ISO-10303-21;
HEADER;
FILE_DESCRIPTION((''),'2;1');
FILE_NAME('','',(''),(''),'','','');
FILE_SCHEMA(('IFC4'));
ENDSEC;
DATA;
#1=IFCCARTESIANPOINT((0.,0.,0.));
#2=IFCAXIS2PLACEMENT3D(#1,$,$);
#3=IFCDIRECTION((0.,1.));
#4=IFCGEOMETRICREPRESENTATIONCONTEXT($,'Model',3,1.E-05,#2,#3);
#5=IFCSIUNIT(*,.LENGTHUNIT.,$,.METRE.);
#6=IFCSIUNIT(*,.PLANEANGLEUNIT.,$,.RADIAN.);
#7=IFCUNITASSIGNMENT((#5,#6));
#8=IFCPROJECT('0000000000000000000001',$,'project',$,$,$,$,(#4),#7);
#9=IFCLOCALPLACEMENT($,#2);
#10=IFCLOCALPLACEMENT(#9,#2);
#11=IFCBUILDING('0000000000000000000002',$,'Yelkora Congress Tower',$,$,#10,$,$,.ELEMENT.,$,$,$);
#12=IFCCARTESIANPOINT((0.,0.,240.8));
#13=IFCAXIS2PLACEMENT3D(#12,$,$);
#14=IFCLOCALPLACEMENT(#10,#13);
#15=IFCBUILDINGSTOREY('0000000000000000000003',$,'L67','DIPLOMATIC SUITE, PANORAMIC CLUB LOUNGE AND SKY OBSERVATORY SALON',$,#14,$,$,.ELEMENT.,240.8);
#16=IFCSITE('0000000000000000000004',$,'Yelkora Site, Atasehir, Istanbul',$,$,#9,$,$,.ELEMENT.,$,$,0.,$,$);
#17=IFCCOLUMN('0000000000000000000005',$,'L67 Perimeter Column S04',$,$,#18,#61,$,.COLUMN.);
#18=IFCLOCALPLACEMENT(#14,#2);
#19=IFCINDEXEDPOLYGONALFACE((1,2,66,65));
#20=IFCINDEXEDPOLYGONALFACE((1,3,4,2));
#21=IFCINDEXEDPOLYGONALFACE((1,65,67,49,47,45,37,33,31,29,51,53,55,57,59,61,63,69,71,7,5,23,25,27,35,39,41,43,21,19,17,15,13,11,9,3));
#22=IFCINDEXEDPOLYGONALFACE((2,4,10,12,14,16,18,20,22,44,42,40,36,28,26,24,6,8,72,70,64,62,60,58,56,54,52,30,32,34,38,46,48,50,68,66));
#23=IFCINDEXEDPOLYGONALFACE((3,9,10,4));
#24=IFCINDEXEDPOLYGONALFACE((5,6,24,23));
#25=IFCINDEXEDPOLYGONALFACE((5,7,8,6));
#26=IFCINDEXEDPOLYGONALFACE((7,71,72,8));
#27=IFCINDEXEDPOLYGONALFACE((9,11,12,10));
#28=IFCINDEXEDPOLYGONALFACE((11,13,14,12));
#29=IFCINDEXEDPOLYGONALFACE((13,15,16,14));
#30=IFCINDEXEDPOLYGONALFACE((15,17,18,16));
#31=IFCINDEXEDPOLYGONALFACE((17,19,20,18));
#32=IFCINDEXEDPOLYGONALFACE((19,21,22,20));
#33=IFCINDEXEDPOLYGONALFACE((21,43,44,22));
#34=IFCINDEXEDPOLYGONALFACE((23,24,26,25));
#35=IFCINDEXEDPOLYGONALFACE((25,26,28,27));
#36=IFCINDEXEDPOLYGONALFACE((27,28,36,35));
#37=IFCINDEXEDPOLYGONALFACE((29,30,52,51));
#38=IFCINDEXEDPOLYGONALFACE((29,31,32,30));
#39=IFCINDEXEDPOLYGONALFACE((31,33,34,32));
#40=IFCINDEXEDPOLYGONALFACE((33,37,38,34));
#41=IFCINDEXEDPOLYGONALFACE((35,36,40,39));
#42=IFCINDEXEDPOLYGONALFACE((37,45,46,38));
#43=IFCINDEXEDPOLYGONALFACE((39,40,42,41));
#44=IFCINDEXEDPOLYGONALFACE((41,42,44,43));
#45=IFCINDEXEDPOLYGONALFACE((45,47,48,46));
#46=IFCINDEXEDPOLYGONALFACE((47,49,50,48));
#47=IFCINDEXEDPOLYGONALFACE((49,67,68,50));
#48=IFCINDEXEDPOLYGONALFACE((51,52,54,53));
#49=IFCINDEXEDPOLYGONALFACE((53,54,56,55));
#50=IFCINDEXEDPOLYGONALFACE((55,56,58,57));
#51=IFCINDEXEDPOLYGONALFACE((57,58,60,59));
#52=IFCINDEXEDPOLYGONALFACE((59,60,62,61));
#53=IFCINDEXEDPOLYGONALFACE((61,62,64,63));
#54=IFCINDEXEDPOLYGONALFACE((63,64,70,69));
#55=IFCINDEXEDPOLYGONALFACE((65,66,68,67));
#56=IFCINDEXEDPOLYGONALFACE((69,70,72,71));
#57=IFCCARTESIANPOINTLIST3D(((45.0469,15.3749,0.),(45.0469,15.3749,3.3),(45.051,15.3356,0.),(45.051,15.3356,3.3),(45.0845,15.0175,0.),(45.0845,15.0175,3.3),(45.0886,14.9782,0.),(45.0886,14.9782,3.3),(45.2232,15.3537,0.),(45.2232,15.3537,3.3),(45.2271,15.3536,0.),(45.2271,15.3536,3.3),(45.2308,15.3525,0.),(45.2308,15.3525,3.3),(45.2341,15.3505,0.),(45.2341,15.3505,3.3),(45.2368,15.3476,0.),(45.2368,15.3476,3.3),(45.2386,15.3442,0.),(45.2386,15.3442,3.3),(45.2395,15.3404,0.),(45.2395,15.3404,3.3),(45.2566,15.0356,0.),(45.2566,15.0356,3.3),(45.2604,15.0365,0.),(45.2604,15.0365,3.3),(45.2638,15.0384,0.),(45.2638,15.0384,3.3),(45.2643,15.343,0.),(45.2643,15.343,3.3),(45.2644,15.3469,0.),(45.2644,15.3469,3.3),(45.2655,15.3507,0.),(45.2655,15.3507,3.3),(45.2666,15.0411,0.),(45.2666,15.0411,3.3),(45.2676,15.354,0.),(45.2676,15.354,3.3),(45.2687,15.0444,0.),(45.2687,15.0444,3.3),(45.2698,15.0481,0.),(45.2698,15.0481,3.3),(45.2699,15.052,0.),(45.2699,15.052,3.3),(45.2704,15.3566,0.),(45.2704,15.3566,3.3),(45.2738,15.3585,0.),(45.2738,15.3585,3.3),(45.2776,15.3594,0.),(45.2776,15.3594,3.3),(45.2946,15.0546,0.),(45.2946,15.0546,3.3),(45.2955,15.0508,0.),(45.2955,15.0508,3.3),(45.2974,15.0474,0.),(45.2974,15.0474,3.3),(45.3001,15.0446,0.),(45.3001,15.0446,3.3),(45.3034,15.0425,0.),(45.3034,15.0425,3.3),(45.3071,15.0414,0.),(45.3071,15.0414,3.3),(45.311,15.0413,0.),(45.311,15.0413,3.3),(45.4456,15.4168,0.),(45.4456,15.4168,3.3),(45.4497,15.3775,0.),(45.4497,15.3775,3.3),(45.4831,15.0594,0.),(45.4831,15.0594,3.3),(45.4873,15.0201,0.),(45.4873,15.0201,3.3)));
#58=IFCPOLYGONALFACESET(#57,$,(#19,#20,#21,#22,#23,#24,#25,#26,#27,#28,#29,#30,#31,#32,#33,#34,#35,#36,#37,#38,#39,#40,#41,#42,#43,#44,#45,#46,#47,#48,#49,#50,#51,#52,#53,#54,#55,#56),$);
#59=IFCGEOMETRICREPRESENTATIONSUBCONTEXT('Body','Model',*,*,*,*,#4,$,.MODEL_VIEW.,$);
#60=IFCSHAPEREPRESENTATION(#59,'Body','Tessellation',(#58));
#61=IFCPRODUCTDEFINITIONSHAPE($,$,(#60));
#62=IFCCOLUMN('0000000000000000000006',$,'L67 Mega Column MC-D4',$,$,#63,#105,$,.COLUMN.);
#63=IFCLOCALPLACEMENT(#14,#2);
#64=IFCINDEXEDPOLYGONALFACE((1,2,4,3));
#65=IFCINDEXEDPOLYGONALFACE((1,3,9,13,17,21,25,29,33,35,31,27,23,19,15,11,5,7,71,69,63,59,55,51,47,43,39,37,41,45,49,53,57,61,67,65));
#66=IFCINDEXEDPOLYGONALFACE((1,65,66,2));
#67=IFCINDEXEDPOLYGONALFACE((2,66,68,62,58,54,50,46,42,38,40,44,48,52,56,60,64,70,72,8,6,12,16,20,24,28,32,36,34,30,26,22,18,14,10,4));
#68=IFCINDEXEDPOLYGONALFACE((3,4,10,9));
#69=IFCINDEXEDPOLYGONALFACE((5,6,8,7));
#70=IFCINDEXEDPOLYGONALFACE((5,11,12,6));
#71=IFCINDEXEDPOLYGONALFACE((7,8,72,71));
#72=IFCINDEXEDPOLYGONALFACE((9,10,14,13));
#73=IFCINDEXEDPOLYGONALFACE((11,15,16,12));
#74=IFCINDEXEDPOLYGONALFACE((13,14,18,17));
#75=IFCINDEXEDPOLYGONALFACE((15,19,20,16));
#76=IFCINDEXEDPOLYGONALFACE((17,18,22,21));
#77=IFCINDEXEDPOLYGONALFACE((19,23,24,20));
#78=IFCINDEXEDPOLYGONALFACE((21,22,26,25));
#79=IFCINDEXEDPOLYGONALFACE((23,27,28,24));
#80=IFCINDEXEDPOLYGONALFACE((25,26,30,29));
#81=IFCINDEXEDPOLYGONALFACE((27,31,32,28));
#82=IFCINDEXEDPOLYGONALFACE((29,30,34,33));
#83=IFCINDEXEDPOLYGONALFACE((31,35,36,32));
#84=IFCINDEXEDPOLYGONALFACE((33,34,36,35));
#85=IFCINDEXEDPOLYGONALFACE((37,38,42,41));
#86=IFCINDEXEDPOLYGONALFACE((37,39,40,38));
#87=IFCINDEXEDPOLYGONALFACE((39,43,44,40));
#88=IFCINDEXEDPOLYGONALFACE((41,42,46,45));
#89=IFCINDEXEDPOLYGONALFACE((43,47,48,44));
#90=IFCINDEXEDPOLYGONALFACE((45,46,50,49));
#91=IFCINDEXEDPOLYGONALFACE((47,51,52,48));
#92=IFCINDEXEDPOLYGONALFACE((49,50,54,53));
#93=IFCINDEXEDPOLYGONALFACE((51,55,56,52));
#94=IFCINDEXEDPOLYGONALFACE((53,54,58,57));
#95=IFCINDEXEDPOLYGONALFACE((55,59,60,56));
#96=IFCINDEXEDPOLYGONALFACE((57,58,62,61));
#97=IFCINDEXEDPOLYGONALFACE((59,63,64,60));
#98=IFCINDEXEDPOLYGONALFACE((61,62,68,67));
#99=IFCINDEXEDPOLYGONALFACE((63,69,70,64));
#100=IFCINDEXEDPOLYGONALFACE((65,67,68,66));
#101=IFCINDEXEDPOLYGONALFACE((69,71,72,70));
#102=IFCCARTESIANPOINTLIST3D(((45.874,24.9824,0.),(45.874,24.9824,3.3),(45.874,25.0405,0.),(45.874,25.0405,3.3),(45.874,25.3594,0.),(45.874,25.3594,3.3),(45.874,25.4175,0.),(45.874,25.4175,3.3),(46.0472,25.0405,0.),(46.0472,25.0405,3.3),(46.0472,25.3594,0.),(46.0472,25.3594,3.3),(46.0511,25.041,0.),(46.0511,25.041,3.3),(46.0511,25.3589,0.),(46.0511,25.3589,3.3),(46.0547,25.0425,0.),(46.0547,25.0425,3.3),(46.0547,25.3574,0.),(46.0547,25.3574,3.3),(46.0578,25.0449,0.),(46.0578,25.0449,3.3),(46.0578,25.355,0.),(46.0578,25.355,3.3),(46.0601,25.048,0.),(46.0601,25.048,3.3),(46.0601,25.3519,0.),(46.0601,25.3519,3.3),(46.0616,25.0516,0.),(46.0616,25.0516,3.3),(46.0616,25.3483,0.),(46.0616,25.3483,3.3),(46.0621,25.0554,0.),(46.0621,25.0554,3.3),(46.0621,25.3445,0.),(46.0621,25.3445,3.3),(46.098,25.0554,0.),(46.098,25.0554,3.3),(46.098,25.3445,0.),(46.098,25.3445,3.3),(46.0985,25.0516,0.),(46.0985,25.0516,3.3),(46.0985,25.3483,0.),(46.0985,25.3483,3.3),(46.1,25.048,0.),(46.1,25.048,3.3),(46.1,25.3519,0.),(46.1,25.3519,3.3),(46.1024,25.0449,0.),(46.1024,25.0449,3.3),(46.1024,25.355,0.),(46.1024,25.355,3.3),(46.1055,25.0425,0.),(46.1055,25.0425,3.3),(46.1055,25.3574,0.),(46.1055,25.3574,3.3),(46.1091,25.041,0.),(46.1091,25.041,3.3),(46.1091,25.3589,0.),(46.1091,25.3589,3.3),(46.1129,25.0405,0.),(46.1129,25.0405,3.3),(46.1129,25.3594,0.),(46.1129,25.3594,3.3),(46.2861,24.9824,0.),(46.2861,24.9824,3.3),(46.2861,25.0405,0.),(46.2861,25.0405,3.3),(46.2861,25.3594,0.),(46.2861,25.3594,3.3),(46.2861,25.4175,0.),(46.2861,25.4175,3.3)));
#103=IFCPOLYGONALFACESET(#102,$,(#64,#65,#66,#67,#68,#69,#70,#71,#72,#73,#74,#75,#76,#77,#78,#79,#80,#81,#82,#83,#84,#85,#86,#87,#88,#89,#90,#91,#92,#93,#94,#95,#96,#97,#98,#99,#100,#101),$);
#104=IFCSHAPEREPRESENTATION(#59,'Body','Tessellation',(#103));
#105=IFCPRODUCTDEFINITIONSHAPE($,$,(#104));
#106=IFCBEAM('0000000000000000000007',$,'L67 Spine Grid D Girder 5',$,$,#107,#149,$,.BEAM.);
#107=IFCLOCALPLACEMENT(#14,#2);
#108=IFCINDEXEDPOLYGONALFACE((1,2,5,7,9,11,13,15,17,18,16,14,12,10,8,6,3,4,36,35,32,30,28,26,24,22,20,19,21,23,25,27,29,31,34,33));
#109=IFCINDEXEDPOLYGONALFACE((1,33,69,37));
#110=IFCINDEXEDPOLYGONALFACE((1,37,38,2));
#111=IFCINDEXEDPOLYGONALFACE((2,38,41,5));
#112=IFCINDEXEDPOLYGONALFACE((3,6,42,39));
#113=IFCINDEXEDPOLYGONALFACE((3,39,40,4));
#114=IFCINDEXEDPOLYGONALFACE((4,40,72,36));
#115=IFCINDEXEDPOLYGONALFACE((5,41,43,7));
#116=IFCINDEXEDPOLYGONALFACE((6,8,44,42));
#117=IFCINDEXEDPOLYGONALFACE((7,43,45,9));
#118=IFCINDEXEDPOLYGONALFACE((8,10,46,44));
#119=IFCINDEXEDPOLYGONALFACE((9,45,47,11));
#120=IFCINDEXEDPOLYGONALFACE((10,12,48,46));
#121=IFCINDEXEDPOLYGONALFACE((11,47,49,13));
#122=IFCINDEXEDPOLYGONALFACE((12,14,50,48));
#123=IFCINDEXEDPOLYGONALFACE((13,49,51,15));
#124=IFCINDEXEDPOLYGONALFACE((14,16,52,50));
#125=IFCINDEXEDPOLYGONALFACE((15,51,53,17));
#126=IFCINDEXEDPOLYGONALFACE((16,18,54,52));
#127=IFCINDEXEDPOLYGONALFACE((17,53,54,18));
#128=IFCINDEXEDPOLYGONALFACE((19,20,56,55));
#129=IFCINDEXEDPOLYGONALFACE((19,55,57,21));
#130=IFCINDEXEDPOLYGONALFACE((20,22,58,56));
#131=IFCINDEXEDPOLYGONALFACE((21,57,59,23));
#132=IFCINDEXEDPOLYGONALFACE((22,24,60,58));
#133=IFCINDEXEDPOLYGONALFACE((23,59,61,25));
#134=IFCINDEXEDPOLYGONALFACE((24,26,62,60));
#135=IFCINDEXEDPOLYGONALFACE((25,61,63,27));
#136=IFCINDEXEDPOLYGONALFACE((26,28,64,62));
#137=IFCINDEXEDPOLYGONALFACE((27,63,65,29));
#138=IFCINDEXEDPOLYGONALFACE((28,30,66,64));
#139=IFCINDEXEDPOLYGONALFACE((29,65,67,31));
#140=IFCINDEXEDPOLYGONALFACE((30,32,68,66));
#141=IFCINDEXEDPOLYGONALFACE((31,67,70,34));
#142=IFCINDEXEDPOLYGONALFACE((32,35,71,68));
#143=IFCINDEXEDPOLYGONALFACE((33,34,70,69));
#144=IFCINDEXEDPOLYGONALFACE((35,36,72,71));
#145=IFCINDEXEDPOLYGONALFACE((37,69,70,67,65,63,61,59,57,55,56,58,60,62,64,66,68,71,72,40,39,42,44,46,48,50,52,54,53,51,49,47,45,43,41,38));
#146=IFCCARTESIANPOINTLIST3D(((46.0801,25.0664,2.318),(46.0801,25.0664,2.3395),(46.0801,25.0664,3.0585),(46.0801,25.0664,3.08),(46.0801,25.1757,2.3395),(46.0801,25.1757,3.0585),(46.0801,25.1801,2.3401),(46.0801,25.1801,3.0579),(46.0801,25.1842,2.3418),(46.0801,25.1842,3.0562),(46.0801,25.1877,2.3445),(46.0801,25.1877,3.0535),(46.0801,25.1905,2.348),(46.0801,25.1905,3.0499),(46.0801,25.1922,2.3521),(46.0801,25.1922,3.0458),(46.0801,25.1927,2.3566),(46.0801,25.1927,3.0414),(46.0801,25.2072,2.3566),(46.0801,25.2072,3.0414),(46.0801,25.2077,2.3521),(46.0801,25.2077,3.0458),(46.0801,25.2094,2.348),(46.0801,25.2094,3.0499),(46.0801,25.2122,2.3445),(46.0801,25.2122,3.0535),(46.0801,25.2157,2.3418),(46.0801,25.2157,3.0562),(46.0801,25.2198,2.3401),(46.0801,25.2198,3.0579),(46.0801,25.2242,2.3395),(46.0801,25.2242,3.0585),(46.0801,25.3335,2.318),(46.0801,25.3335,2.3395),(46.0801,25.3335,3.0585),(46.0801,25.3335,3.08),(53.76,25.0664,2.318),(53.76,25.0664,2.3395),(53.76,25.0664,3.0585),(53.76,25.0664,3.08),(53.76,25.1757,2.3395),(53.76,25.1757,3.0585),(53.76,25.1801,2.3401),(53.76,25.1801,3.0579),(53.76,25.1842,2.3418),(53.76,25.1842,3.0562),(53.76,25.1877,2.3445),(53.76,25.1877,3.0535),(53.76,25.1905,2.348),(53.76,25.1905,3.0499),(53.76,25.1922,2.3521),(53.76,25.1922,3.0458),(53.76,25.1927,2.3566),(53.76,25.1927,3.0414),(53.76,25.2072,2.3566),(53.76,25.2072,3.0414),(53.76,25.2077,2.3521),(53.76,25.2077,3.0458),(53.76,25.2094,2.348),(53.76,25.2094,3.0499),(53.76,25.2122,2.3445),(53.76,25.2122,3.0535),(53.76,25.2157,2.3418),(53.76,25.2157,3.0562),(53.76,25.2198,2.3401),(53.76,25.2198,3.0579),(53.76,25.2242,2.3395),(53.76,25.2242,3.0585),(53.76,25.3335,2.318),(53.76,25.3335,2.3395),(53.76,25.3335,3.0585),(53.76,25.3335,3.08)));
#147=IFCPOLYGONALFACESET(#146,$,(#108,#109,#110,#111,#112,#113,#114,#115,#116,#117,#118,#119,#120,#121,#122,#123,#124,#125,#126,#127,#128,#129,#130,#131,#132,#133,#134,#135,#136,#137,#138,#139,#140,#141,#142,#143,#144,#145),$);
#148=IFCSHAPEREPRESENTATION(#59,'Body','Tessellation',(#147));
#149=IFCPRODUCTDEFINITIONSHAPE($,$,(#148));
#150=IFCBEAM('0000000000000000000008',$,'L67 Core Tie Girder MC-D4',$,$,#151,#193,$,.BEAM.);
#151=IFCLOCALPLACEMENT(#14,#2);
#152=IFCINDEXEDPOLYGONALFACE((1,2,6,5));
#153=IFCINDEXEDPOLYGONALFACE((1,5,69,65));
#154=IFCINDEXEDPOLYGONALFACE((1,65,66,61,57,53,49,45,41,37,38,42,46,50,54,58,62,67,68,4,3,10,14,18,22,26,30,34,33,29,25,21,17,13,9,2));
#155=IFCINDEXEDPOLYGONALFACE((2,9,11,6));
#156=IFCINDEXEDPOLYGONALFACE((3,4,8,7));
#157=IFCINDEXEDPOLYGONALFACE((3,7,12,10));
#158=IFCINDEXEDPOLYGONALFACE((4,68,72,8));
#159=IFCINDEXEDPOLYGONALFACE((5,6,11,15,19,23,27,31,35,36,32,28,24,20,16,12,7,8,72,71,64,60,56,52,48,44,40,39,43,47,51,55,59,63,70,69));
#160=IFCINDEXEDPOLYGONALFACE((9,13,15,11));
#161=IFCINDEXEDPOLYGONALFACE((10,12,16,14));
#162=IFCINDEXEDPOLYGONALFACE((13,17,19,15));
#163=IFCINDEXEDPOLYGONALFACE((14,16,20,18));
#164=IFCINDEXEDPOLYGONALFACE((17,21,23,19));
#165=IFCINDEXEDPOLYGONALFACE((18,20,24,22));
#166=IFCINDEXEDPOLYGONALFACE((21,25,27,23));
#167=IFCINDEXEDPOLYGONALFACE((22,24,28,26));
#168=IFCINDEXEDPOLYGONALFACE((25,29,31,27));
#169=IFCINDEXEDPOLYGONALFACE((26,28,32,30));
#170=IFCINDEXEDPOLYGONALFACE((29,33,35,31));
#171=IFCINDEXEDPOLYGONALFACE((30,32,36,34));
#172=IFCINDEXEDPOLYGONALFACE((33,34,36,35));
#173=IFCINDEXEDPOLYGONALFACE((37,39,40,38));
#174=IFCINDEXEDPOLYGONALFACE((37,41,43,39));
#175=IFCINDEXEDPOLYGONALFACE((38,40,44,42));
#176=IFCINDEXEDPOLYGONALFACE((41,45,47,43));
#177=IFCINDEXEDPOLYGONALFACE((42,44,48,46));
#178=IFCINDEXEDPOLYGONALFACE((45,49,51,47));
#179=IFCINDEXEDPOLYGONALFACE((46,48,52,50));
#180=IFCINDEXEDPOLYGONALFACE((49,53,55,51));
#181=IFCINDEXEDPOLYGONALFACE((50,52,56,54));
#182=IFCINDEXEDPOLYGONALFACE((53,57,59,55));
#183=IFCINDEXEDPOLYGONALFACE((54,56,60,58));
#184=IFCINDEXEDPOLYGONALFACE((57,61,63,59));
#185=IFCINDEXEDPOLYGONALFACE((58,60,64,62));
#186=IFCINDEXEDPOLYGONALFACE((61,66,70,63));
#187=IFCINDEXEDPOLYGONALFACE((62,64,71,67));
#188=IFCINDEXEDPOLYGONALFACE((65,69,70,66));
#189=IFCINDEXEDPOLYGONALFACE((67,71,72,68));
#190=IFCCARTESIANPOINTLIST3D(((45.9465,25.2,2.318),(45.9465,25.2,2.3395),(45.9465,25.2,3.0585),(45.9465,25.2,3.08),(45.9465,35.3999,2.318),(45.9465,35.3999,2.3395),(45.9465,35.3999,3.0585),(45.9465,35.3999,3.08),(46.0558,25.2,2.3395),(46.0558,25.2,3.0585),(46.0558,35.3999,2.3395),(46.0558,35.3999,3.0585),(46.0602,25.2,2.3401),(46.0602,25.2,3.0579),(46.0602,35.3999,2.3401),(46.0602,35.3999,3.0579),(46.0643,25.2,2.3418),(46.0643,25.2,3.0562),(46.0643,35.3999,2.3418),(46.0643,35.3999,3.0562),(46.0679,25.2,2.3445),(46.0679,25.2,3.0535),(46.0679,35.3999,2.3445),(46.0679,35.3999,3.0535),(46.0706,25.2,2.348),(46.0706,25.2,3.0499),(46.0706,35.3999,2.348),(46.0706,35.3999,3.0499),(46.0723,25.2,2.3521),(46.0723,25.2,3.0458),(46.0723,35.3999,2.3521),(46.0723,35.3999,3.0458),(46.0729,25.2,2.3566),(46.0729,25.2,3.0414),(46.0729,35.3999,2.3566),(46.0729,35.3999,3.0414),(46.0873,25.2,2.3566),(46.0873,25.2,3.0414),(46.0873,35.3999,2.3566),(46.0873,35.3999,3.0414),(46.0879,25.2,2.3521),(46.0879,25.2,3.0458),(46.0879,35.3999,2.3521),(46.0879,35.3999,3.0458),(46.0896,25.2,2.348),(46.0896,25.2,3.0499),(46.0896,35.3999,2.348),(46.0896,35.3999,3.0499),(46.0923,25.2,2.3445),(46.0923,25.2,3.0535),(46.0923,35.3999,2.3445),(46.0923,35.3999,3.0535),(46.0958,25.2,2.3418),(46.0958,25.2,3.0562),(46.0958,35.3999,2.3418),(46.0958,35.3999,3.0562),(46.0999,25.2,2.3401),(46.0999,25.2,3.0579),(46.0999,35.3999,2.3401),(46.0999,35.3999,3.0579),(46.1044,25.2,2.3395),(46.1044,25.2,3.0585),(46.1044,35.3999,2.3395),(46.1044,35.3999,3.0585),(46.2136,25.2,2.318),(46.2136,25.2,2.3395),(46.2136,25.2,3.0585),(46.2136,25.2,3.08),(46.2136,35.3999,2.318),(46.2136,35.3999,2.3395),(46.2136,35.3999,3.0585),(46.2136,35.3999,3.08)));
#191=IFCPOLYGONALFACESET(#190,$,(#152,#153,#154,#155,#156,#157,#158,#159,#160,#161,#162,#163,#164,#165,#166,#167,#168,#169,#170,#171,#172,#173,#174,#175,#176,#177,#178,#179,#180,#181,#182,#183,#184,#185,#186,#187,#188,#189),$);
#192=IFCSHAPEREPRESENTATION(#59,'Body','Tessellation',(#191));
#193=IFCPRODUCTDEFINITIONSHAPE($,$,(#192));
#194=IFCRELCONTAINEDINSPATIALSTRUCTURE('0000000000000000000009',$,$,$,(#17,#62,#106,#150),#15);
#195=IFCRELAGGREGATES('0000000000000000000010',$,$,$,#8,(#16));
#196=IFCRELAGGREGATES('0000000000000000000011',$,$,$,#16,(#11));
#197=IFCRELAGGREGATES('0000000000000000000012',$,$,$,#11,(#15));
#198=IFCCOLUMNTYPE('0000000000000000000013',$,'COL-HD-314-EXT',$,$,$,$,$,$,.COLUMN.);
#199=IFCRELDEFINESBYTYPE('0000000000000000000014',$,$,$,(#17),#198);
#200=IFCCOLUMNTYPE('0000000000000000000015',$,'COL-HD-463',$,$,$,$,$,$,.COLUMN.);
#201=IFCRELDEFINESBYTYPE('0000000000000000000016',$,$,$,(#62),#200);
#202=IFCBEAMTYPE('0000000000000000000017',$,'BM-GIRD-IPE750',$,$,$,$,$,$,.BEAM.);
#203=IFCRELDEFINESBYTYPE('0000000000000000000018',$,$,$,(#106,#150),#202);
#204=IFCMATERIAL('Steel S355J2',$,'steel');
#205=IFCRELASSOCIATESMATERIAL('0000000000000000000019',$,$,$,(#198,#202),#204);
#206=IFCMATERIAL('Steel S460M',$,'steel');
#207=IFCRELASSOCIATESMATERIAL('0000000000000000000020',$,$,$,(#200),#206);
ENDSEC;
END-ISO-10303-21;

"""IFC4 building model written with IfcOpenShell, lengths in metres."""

from ifc_helpers import new_model, si_unit, direction, frame, origin, origin_2d, place, context, subcontext, project, spatial, i_section, extrude, material, material_profile, profile_set, type_object, element, save


model = new_model("IFC4")

# Units and contexts
model_context = context("Model", 3, precision=1e-05, world=origin(), true_north=direction((0.0, 1.0)))
body_context = subcontext(model_context, "Body", "Model", "MODEL_VIEW")
ifc_project = project(units=[si_unit("LENGTHUNIT", "METRE"), si_unit("PLANEANGLEUNIT", "RADIAN")], contexts=[model_context])

# Site, building, storey
site_placement = place(None, origin())
site = spatial("IfcSite", under=ifc_project, at=site_placement, Name="Yelkora Site, Atasehir, Istanbul", CompositionType="ELEMENT", RefElevation=0.0)
building_placement = place(site_placement, origin())
building = spatial("IfcBuilding", under=site, at=building_placement, Name="Yelkora Congress Tower", CompositionType="ELEMENT")
storey_placement = place(building_placement, frame((0.0, 0.0, 240.8)))
storey = spatial("IfcBuildingStorey", under=building, at=storey_placement, Name="L67", Description="DIPLOMATIC SUITE, PANORAMIC CLUB LOUNGE AND SKY OBSERVATORY SALON", CompositionType="ELEMENT", Elevation=240.8)

# Columns
ifc_material_1 = material(Name="Steel S355J2", Category="steel")
ifc_material_profile_1 = material_profile(ifc_material_1, i_section(OverallWidth=0.4009, OverallDepth=0.3989, WebThickness=0.0249, FlangeThickness=0.0396, FilletRadius=0.0149, at=origin_2d()), Name="HD 400x314")
ifc_profile_set_1 = profile_set([ifc_material_profile_1], Name="Steel S355J2")
column_type_1 = type_object("IfcColumnType", Name="COL-HD-314-EXT", PredefinedType="COLUMN", material=ifc_profile_set_1)
column_1_placement = place(storey_placement, frame((45.2671, 15.1975, 0.0), z_axis=(0.0, 0.0, 1.0), x_axis=(0.994522, 0.104528, 0.0)))
element("IfcColumn", 1, at=column_1_placement, inside=storey, type_object=column_type_1, Name="L67 Perimeter Column S04", PredefinedType="COLUMN", context=body_context, shape_type="SweptSolid", body=[
    extrude(i_section(OverallWidth=0.4009, OverallDepth=0.3989, WebThickness=0.0249, FlangeThickness=0.0396, FilletRadius=0.0149, at=origin_2d()), origin(), (0.0, 0.0, 1.0), 3.3),
])
ifc_material_2 = material(Name="Steel S460M", Category="steel")
ifc_material_profile_2 = material_profile(ifc_material_2, i_section(OverallWidth=0.4121, OverallDepth=0.4351, WebThickness=0.0359, FlangeThickness=0.0581, FilletRadius=0.0149, at=origin_2d()), Name="HD 400x463")
ifc_profile_set_2 = profile_set([ifc_material_profile_2], Name="Steel S460M")
column_type_2 = type_object("IfcColumnType", Name="COL-HD-463", PredefinedType="COLUMN", material=ifc_profile_set_2)
column_2_placement = place(storey_placement, frame((46.0801, 25.2, 0.0), z_axis=(0.0, 0.0, 1.0), x_axis=(1.0, 0.0, 0.0)))
element("IfcColumn", 2, at=column_2_placement, inside=storey, type_object=column_type_2, Name="L67 Mega Column MC-D4", PredefinedType="COLUMN", context=body_context, shape_type="SweptSolid", body=[
    extrude(i_section(OverallWidth=0.4121, OverallDepth=0.4351, WebThickness=0.0359, FlangeThickness=0.0581, FilletRadius=0.0149, at=origin_2d()), origin(), (0.0, 0.0, 1.0), 3.3),
])

# Beams
ifc_material_profile_3 = material_profile(ifc_material_1, i_section(OverallWidth=0.2671, OverallDepth=0.762, WebThickness=0.0144, FlangeThickness=0.0215, FilletRadius=0.0171, at=origin_2d()), Name="IPE 750x173")
ifc_profile_set_3 = profile_set([ifc_material_profile_3], Name="Steel S355J2")
beam_type_1 = type_object("IfcBeamType", Name="BM-GIRD-IPE750", PredefinedType="BEAM", material=ifc_profile_set_3)
beam_1_placement = place(storey_placement, frame((46.0801, 25.2, 2.699), z_axis=(1.0, 0.0, 0.0), x_axis=(0.0, 1.0, 0.0)))
element("IfcBeam", 3, at=beam_1_placement, inside=storey, type_object=beam_type_1, Name="L67 Spine Grid D Girder 5", PredefinedType="BEAM", context=body_context, shape_type="SweptSolid", body=[
    extrude(i_section(OverallWidth=0.2671, OverallDepth=0.762, WebThickness=0.0144, FlangeThickness=0.0215, FilletRadius=0.0171, at=origin_2d()), origin(), (0.0, 0.0, 1.0), 7.6799),
])
beam_2_placement = place(storey_placement, frame((46.0801, 25.2, 2.699), z_axis=(0.0, 1.0, 0.0), x_axis=(-1.0, 0.0, 0.0)))
element("IfcBeam", 4, at=beam_2_placement, inside=storey, type_object=beam_type_1, Name="L67 Core Tie Girder MC-D4", PredefinedType="BEAM", context=body_context, shape_type="SweptSolid", body=[
    extrude(i_section(OverallWidth=0.2671, OverallDepth=0.762, WebThickness=0.0144, FlangeThickness=0.0215, FilletRadius=0.0171, at=origin_2d()), origin(), (0.0, 0.0, 1.0), 10.2),
])

save(model, "model.ifc")
